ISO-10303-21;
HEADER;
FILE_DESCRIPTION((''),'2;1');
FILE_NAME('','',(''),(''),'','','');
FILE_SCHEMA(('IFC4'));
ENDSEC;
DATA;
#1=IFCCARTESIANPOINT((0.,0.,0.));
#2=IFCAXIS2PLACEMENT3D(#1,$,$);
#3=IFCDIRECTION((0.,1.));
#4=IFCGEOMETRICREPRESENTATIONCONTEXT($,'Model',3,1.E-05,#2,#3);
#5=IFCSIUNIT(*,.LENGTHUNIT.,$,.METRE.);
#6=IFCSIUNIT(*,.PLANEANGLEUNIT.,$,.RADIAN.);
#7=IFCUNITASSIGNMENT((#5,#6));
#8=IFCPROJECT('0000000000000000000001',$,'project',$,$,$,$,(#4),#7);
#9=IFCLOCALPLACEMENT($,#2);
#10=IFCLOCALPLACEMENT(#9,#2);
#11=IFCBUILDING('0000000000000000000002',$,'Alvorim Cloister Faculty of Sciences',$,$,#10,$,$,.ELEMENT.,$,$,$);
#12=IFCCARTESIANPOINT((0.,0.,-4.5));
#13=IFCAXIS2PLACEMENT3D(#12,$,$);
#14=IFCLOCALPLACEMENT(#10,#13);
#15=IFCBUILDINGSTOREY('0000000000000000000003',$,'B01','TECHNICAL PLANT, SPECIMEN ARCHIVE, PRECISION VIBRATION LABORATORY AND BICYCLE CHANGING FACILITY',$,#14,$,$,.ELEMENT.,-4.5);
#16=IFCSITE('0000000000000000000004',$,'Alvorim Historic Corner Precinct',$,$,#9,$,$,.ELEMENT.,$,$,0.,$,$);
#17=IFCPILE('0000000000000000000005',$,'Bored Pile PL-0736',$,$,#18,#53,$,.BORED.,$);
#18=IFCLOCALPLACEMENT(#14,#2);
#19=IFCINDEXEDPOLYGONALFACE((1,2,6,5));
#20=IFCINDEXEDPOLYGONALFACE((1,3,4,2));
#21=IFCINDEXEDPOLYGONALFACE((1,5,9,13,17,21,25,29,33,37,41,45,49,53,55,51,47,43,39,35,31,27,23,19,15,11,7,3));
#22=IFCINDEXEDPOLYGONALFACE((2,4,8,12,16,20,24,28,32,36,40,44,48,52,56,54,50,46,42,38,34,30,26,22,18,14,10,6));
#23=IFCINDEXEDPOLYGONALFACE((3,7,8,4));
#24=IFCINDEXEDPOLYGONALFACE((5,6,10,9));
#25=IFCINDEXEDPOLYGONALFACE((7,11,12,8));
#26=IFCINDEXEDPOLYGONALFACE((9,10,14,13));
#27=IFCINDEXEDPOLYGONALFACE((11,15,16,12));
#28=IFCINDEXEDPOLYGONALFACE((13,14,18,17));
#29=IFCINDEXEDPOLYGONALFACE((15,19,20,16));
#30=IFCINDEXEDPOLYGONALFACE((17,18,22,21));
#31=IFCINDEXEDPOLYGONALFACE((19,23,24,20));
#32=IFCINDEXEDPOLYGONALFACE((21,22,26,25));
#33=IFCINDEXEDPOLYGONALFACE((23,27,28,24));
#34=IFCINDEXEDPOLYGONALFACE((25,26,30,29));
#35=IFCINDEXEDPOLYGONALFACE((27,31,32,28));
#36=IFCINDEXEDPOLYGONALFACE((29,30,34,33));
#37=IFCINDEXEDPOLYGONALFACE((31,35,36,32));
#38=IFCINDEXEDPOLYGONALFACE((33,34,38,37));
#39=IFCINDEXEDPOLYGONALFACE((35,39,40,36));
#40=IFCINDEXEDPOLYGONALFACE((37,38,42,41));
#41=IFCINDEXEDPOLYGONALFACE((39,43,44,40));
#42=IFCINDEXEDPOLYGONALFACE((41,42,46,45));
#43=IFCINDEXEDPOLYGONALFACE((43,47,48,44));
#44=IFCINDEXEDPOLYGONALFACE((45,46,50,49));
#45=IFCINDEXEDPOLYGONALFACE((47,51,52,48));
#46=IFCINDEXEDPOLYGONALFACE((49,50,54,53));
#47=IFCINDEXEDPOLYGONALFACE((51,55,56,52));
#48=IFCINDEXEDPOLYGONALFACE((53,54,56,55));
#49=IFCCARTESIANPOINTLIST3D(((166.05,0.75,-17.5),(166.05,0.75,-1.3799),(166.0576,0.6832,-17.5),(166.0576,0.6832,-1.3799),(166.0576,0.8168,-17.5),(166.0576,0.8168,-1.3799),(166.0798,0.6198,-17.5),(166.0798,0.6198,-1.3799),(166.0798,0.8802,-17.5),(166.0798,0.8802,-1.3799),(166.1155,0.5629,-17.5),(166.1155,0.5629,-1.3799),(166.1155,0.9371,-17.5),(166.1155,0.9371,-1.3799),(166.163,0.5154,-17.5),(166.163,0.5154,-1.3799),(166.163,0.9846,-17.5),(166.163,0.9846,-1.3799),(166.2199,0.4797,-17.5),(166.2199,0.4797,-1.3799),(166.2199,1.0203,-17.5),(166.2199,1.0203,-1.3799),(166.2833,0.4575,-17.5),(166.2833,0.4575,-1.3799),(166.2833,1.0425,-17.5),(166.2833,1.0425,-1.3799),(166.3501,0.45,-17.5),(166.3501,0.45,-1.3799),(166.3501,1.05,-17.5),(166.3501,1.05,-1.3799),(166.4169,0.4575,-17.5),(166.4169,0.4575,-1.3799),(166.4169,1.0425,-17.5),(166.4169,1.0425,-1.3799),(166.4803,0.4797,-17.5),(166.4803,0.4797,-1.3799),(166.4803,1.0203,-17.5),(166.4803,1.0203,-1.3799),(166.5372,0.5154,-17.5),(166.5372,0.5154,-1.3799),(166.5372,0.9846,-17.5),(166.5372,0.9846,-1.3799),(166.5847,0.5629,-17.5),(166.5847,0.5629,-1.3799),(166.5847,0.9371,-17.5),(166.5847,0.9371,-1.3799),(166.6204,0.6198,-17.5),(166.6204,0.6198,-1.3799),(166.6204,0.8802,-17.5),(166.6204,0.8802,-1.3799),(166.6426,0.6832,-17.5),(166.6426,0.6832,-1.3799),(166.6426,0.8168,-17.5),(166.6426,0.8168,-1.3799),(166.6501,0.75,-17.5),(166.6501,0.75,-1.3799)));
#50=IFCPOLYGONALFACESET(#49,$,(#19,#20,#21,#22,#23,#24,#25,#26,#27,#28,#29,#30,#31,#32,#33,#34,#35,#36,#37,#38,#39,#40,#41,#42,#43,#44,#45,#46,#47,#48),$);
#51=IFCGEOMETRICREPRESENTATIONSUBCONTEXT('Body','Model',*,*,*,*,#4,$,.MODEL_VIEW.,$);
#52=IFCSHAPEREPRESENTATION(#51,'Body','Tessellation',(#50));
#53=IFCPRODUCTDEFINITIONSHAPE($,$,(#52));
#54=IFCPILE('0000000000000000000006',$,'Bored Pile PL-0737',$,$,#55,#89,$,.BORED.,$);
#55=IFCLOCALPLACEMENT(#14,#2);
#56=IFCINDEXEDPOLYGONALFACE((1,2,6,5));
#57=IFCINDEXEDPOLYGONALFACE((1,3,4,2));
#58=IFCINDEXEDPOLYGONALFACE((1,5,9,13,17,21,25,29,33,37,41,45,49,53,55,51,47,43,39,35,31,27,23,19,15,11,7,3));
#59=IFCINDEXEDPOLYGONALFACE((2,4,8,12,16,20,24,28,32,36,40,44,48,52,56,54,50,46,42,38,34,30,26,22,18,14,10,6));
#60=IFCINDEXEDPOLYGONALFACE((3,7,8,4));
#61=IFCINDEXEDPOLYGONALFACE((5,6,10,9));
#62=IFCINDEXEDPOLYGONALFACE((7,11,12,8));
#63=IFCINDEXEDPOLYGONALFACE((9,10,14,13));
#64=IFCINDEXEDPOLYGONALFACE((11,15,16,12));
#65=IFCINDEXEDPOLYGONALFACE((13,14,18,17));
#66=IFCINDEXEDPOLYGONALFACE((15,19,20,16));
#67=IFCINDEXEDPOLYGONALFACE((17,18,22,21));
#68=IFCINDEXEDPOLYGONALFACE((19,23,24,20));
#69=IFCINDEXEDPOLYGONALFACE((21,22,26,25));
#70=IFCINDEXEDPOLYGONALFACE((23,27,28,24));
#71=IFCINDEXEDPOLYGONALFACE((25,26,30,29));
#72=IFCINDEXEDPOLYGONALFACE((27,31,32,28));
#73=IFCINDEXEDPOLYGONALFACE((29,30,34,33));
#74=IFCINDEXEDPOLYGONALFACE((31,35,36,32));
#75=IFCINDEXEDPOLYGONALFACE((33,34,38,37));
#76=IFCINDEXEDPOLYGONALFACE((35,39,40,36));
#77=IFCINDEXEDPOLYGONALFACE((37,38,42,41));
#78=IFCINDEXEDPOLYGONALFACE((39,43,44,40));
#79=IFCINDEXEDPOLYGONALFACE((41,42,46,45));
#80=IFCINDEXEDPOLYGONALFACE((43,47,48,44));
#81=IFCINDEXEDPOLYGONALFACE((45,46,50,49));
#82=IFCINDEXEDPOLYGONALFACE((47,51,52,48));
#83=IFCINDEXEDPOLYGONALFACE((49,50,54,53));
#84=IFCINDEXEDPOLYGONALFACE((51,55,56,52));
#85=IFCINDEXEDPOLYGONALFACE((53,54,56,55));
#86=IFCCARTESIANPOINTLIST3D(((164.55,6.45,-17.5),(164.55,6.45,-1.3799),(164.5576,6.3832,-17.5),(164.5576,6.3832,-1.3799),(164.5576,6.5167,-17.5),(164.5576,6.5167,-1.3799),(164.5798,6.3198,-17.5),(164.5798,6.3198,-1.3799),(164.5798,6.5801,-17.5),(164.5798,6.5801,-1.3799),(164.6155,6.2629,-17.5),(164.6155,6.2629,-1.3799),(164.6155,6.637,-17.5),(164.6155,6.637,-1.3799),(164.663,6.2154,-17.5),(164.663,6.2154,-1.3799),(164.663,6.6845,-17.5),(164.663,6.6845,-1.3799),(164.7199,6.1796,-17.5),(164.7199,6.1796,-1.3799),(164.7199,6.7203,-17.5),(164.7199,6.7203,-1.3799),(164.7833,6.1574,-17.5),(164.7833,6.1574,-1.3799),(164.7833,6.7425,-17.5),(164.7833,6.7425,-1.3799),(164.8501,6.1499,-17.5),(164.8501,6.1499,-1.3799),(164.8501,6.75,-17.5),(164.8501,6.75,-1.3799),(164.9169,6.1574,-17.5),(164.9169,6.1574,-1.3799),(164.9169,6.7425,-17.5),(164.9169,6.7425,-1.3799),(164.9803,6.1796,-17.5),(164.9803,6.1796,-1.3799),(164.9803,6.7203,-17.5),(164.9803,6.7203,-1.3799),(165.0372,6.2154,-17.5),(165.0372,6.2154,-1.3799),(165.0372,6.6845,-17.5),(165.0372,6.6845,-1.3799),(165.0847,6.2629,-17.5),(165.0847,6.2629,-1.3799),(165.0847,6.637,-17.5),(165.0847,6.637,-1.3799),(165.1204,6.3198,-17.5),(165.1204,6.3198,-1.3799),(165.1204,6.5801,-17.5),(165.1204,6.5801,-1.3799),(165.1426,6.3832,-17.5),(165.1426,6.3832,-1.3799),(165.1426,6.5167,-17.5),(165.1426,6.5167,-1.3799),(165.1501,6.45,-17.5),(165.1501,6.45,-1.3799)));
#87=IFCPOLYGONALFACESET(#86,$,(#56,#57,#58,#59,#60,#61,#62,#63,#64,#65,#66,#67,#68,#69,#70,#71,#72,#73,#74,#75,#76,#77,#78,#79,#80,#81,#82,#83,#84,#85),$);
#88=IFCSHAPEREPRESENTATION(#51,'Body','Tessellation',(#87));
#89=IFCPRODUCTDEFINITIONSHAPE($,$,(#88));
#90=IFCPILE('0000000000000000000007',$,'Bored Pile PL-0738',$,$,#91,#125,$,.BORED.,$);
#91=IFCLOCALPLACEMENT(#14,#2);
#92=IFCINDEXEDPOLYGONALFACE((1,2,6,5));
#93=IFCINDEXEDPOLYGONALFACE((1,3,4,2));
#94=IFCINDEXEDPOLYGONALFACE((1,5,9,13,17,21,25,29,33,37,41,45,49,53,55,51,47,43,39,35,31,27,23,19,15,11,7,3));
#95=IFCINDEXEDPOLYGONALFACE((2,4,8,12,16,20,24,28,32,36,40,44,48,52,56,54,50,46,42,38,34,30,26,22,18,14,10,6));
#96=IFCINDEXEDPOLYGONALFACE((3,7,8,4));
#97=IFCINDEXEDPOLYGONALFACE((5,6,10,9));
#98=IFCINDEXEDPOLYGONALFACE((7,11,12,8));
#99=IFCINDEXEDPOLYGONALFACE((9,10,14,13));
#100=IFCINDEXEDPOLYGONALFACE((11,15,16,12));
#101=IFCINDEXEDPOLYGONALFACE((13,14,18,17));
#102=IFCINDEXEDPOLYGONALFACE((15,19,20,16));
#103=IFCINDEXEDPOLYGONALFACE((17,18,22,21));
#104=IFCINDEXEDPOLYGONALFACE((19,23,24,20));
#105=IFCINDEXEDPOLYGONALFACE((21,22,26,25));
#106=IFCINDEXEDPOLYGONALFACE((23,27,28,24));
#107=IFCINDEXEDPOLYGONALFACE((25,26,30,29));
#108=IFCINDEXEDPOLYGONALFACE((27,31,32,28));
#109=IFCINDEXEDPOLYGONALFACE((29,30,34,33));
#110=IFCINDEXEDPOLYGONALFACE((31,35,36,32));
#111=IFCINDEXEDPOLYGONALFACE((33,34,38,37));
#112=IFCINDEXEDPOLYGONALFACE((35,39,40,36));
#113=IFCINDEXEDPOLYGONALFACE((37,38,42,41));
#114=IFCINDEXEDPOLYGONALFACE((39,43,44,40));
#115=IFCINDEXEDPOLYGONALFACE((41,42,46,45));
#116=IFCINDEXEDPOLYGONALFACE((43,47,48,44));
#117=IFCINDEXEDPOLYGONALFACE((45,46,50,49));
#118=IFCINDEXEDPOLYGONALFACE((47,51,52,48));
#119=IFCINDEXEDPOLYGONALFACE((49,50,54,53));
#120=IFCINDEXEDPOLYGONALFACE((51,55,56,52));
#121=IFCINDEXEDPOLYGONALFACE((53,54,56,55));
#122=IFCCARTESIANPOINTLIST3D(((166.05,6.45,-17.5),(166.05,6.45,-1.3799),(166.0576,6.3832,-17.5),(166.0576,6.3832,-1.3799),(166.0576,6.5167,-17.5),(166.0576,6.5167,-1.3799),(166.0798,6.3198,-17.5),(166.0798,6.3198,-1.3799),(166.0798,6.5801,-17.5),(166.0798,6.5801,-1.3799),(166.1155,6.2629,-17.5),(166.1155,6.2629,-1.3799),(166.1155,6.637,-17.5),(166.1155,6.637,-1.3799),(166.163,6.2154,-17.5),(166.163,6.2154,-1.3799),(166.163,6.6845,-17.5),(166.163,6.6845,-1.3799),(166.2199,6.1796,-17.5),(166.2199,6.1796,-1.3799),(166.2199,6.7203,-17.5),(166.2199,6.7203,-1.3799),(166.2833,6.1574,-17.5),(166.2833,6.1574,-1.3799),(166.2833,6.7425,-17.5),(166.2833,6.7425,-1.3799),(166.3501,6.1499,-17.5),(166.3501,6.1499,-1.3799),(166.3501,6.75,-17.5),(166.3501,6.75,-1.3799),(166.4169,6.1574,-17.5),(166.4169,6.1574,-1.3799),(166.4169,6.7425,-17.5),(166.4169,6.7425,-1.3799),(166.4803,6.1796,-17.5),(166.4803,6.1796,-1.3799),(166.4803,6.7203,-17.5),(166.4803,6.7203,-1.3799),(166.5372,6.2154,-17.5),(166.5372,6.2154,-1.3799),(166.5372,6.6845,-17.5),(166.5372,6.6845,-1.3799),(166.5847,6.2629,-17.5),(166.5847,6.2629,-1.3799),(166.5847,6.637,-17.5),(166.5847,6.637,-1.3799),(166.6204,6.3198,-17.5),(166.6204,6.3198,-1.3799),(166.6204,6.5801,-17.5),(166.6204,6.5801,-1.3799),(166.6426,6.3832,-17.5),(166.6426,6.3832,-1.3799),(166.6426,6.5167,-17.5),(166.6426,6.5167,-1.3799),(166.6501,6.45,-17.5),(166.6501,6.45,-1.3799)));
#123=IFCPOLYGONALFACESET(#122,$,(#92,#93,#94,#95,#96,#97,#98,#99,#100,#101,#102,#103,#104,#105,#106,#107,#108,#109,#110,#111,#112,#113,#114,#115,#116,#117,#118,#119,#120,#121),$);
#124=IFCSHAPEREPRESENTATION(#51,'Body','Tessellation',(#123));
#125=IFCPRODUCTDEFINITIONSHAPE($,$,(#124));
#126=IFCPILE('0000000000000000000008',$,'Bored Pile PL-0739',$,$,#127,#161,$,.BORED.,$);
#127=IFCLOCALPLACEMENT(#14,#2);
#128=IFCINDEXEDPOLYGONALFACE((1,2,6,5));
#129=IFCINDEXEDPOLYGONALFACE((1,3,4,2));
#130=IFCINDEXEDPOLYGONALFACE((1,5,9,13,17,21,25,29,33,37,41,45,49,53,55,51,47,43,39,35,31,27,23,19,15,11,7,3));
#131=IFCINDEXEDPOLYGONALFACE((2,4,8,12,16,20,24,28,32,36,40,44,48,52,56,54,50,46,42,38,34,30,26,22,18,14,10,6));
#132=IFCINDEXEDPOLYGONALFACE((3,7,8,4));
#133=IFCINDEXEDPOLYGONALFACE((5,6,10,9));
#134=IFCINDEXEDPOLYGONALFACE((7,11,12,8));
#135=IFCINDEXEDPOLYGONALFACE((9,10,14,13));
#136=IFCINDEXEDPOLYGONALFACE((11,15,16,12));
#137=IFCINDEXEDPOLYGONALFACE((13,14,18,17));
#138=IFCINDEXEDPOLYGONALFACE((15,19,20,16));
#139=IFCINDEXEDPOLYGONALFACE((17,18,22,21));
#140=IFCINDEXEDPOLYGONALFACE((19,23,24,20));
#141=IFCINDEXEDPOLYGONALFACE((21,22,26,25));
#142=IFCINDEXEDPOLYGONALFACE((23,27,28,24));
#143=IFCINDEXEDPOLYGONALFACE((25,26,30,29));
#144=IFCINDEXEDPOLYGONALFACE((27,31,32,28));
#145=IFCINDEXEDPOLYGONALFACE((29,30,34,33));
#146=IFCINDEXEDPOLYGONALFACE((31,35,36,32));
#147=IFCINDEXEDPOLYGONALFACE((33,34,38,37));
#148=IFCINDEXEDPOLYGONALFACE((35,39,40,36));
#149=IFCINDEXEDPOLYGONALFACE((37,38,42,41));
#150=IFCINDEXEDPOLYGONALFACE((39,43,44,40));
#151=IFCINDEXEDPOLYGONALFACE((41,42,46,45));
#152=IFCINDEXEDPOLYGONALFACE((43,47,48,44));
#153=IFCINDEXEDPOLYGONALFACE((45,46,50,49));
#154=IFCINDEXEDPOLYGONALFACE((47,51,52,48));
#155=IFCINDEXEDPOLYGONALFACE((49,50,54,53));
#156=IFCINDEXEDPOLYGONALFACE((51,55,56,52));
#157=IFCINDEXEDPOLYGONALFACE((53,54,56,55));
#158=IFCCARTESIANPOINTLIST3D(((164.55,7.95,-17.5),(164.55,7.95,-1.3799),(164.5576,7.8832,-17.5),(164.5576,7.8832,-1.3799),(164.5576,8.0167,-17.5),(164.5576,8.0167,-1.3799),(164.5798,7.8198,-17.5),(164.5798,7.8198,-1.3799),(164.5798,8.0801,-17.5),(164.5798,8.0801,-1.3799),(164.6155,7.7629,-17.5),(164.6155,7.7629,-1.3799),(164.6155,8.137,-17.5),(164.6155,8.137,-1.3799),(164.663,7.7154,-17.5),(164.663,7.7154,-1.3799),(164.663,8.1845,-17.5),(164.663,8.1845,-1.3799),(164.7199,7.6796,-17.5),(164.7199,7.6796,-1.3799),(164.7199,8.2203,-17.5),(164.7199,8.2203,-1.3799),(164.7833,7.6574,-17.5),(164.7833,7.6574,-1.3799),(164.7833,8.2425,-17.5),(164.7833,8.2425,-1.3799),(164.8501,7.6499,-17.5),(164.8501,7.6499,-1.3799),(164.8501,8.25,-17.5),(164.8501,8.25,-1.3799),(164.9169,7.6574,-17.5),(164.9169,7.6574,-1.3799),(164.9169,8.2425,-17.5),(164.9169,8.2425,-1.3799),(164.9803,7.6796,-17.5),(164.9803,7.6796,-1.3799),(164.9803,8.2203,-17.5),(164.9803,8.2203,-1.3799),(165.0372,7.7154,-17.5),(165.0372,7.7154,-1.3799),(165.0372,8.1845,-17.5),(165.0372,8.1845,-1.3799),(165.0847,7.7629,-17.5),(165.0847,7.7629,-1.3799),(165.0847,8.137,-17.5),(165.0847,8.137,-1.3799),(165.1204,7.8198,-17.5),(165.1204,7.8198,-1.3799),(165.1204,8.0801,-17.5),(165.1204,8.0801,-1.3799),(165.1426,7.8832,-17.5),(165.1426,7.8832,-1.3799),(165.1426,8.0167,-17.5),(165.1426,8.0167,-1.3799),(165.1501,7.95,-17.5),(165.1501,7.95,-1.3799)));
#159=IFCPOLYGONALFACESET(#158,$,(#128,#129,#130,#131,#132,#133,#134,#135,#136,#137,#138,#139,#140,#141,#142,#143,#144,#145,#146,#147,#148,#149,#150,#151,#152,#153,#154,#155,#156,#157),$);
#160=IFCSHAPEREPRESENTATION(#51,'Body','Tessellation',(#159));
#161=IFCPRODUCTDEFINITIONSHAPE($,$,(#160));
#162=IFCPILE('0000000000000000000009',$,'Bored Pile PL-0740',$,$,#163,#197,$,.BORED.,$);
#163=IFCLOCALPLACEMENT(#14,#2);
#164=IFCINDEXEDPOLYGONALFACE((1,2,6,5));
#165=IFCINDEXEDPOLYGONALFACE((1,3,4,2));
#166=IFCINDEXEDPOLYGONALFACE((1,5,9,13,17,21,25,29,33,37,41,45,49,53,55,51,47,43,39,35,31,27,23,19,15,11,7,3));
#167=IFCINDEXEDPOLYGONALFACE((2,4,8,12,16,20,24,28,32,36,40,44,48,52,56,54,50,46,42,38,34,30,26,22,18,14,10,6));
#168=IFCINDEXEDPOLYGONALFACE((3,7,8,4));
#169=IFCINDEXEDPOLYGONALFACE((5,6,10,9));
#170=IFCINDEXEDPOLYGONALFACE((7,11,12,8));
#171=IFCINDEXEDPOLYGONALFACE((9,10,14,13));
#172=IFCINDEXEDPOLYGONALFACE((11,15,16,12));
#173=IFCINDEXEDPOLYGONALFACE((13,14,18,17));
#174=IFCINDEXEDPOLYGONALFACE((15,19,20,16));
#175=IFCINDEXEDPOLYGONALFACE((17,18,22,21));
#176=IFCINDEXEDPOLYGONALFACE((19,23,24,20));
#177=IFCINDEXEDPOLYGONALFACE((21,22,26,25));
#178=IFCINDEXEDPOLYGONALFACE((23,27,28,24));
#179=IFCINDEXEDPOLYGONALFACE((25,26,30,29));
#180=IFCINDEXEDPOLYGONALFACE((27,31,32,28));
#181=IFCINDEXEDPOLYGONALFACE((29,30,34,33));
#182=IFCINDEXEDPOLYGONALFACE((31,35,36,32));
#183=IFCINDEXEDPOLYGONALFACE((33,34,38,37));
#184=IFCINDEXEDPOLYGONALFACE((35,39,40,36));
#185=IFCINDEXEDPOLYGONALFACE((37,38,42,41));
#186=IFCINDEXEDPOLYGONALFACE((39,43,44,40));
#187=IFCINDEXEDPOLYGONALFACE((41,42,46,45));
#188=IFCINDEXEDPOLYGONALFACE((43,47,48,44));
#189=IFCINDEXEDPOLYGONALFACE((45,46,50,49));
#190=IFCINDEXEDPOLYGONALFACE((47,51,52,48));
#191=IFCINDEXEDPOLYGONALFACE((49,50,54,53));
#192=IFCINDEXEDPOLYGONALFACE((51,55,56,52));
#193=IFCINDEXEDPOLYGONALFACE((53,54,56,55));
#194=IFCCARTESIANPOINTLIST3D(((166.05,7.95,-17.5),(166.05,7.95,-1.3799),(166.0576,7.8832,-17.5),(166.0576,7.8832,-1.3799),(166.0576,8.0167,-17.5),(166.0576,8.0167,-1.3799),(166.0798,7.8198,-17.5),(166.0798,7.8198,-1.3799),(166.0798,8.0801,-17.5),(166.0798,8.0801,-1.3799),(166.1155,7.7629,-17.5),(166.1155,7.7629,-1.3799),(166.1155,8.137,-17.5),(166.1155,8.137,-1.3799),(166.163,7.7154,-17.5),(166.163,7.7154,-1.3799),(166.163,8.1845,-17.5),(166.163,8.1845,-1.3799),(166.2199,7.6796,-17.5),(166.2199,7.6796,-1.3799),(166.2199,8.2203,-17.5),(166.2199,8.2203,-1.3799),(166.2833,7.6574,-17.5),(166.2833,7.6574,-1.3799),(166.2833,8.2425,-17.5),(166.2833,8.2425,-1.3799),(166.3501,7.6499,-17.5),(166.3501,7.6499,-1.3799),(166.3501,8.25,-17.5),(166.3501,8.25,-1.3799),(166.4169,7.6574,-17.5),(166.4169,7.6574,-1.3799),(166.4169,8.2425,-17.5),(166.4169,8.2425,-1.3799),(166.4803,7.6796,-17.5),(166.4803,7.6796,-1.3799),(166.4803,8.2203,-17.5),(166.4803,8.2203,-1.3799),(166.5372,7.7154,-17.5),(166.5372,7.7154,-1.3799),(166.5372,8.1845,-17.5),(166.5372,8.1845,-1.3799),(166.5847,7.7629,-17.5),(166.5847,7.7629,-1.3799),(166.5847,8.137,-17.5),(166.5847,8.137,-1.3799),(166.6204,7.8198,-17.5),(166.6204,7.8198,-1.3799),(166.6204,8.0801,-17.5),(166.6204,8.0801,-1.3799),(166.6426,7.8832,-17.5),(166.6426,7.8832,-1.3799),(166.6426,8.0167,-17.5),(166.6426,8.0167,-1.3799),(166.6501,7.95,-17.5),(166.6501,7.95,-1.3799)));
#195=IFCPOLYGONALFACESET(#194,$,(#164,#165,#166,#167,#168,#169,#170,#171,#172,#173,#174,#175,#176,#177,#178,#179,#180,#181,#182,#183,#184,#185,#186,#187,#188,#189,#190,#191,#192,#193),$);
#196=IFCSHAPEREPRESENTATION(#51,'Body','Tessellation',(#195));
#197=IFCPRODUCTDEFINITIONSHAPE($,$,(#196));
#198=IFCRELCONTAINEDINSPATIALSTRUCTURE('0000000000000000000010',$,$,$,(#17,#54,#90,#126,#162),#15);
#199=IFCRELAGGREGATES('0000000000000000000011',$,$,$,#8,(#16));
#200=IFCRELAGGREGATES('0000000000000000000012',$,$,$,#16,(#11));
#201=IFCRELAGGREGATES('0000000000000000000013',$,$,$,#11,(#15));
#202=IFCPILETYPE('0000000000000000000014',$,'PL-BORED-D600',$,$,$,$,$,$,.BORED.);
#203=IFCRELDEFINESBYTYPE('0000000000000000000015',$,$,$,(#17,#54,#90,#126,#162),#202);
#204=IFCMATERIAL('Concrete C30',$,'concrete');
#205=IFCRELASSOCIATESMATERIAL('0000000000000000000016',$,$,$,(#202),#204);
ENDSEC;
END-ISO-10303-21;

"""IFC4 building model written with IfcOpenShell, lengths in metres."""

from ifc_helpers import new_model, si_unit, direction, frame, origin, origin_2d, place, context, subcontext, project, spatial, circle, extrude, material, material_profile, profile_set, type_object, element, save


model = new_model("IFC4")

# Units and contexts
model_context = context("Model", 3, precision=1e-05, world=origin(), true_north=direction((0.0, 1.0)))
body_context = subcontext(model_context, "Body", "Model", "MODEL_VIEW")
ifc_project = project(units=[si_unit("LENGTHUNIT", "METRE"), si_unit("PLANEANGLEUNIT", "RADIAN")], contexts=[model_context])

# Site, building, storey
site_placement = place(None, origin())
site = spatial("IfcSite", under=ifc_project, at=site_placement, Name="Alvorim Historic Corner Precinct", CompositionType="ELEMENT", RefElevation=0.0)
building_placement = place(site_placement, origin())
building = spatial("IfcBuilding", under=site, at=building_placement, Name="Alvorim Cloister Faculty of Sciences", CompositionType="ELEMENT")
storey_placement = place(building_placement, frame((0.0, 0.0, -4.5)))
storey = spatial("IfcBuildingStorey", under=building, at=storey_placement, Name="B01", Description="TECHNICAL PLANT, SPECIMEN ARCHIVE, PRECISION VIBRATION LABORATORY AND BICYCLE CHANGING FACILITY", CompositionType="ELEMENT", Elevation=-4.5)

# Piles
ifc_material_1 = material(Name="Concrete C30", Category="concrete")
ifc_material_profile_1 = material_profile(ifc_material_1, circle(Radius=0.3, at=origin_2d()), Name="PILE-D600")
ifc_profile_set_1 = profile_set([ifc_material_profile_1], Name="Concrete C30")
pile_type = type_object("IfcPileType", Name="PL-BORED-D600", PredefinedType="BORED", material=ifc_profile_set_1)
for number, where, z_axis, x_axis, name in (
    (1, (166.3501, 0.75, -1.3799), (0.0, 0.0, -1.0), (1.0, 0.0, 0.0), "Bored Pile PL-0736"),
    (2, (164.8501, 6.45, -1.3799), (0.0, 0.0, -1.0), (1.0, 0.0, 0.0), "Bored Pile PL-0737"),
    (3, (166.3501, 6.45, -1.3799), (0.0, 0.0, -1.0), (1.0, 0.0, 0.0), "Bored Pile PL-0738"),
    (4, (164.8501, 7.95, -1.3799), (0.0, 0.0, -1.0), (1.0, 0.0, 0.0), "Bored Pile PL-0739"),
    (5, (166.3501, 7.95, -1.3799), (0.0, 0.0, -1.0), (1.0, 0.0, 0.0), "Bored Pile PL-0740"),
):
    element("IfcPile", number, at=place(storey_placement, frame(where, z_axis=z_axis, x_axis=x_axis)), inside=storey, type_object=pile_type, Name=name, PredefinedType="BORED", context=body_context, shape_type="SweptSolid", body=[
        extrude(circle(Radius=0.3, at=origin_2d()), origin(), (0.0, 0.0, 1.0), 16.1201),
    ])

save(model, "model.ifc")
